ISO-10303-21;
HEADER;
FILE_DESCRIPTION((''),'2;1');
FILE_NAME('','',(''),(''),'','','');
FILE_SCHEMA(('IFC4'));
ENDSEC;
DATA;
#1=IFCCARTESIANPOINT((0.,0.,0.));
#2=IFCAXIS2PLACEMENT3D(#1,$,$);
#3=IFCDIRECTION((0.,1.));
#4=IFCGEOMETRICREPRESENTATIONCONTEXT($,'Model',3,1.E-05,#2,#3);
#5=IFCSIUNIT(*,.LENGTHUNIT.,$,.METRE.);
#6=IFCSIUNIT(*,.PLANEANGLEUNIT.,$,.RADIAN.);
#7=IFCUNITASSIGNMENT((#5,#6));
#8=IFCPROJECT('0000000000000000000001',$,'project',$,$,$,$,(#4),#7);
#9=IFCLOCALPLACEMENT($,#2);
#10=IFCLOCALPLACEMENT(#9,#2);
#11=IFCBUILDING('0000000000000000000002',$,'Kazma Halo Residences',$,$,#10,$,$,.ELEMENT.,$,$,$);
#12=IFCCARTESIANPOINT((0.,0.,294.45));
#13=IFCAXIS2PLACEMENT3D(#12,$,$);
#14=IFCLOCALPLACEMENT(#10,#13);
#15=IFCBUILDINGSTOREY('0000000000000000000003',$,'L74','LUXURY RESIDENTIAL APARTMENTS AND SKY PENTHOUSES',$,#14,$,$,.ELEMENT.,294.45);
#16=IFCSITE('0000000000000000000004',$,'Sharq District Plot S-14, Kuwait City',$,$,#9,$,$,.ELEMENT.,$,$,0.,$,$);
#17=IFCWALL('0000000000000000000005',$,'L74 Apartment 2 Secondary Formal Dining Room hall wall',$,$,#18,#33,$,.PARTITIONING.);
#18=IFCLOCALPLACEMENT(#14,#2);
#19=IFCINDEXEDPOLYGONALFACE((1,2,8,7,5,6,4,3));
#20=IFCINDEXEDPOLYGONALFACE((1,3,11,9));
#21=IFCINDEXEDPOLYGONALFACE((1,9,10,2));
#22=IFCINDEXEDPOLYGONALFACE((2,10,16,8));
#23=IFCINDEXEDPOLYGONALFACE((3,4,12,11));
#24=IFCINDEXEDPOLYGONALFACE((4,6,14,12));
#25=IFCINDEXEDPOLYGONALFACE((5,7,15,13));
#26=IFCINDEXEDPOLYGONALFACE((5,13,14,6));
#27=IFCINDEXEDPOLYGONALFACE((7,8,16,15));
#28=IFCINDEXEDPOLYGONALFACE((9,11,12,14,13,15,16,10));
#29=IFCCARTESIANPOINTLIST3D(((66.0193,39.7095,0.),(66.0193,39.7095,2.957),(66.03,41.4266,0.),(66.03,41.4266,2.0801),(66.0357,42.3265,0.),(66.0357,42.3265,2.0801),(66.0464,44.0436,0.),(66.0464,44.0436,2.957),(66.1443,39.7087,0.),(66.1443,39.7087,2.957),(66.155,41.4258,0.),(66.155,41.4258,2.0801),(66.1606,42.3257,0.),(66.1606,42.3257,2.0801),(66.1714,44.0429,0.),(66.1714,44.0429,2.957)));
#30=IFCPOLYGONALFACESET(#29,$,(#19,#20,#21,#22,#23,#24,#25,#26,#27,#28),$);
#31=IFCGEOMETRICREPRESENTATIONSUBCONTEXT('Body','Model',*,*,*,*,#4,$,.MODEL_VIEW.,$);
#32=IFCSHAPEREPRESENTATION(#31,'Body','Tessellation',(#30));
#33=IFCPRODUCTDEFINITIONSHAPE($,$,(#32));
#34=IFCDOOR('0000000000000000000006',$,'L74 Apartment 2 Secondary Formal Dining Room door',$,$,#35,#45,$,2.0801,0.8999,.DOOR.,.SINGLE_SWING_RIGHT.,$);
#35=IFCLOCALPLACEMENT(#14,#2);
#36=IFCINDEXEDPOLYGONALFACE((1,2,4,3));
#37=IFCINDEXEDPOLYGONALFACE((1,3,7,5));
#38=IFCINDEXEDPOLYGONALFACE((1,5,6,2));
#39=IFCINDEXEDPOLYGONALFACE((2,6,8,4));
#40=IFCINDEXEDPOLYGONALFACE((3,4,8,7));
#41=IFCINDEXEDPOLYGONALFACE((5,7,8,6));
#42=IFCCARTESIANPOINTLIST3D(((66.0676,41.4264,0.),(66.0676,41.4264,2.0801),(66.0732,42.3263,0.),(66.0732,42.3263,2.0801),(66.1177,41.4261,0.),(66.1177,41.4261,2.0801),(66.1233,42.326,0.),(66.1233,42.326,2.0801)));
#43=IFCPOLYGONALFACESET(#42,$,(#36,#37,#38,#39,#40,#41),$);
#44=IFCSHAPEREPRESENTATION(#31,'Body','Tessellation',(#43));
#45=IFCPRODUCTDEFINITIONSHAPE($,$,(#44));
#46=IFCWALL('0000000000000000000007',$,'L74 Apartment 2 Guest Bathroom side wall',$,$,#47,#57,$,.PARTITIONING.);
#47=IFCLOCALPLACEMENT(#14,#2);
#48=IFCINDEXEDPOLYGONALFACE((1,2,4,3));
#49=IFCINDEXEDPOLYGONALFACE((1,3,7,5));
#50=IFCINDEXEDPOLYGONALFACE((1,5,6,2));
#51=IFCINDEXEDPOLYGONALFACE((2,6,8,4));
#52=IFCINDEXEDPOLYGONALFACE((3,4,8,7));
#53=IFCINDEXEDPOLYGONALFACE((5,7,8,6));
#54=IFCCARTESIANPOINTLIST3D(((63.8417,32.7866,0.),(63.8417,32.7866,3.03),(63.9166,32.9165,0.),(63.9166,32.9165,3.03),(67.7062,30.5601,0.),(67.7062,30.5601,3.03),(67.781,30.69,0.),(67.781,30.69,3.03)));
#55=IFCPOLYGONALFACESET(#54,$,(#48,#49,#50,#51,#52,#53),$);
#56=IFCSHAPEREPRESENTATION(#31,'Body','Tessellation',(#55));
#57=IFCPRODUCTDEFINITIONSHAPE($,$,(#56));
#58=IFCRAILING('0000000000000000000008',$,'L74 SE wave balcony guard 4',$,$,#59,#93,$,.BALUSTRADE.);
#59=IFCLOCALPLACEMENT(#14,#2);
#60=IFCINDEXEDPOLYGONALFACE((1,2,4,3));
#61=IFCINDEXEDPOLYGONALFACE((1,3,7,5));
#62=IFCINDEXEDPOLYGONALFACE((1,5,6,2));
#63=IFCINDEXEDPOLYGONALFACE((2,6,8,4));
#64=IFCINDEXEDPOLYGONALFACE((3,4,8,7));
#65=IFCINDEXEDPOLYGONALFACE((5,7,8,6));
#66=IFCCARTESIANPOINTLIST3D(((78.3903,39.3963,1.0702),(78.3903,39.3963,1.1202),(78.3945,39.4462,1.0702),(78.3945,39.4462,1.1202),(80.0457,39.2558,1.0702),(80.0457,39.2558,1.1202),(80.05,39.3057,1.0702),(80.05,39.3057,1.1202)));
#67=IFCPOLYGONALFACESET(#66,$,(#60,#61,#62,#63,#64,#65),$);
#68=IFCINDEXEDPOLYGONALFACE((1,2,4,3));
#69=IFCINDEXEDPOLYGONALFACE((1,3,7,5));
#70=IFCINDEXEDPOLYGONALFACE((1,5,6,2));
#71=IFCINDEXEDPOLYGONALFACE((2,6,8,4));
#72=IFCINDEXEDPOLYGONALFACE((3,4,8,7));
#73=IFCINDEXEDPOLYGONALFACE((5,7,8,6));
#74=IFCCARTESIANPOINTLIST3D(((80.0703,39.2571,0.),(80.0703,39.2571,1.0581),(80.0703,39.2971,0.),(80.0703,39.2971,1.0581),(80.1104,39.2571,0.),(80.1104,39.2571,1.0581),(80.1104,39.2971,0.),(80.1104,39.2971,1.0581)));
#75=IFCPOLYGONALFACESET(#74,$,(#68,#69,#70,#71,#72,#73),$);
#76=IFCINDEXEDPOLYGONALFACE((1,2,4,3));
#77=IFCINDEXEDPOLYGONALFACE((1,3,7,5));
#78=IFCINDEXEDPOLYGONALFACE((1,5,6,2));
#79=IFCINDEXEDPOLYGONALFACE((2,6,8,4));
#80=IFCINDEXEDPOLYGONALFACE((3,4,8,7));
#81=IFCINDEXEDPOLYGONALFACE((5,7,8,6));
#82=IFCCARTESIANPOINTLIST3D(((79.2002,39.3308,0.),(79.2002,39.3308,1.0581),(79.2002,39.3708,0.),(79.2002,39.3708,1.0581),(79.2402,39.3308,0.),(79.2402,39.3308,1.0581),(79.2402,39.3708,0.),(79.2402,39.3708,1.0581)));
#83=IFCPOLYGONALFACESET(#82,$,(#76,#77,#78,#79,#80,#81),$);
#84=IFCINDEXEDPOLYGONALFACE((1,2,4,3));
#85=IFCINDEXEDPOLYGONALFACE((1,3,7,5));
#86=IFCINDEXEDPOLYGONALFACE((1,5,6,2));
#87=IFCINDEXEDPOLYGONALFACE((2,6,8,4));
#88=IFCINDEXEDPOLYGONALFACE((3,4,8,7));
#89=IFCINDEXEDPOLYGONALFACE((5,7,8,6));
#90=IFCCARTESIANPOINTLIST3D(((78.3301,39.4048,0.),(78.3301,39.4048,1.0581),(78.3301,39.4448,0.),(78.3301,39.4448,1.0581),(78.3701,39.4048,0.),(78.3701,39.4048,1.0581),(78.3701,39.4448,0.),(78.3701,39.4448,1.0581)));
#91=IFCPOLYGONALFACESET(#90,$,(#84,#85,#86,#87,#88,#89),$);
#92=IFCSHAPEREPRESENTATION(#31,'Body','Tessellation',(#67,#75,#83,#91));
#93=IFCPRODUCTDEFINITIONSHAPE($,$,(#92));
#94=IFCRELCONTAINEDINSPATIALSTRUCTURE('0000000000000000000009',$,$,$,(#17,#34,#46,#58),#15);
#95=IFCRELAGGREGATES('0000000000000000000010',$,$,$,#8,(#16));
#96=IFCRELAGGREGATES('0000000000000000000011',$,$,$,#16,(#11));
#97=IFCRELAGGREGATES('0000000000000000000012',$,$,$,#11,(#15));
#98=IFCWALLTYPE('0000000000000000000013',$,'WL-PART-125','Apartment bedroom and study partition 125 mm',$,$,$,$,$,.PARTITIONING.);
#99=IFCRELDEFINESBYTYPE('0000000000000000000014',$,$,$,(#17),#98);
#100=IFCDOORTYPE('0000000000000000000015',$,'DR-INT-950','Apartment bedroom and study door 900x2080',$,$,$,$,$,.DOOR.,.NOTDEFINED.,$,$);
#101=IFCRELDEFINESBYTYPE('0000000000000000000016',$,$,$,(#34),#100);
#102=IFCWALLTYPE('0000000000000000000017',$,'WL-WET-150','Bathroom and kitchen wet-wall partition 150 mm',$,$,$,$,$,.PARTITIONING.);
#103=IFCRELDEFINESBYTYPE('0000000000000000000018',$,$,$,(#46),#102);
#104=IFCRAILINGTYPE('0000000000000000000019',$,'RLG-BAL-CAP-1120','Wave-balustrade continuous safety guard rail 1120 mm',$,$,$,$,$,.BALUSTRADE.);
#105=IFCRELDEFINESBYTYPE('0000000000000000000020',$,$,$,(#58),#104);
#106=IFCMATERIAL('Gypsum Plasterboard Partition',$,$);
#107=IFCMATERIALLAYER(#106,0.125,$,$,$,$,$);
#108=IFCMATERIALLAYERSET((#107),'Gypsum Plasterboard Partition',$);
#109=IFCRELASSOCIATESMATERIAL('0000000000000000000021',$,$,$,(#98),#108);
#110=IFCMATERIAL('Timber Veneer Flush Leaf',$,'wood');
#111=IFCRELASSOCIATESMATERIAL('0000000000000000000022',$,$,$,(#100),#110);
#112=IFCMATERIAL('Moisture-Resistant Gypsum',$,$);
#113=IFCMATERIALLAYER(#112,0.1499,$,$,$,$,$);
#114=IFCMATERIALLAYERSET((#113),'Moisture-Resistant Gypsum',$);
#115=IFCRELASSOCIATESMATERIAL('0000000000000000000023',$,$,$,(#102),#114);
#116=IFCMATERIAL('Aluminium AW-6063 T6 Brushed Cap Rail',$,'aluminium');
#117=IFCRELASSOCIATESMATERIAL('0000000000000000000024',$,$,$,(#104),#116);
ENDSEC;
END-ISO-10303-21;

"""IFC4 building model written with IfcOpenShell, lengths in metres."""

from ifc_helpers import new_model, si_unit, direction, frame, frame_2d, origin, origin_2d, place, context, subcontext, project, spatial, rectangle, extrude, material, layer, layer_set, type_object, element, fill, save


model = new_model("IFC4")

# Units and contexts
model_context = context("Model", 3, precision=1e-05, world=origin(), true_north=direction((0.0, 1.0)))
body_context = subcontext(model_context, "Body", "Model", "MODEL_VIEW")
ifc_project = project(units=[si_unit("LENGTHUNIT", "METRE"), si_unit("PLANEANGLEUNIT", "RADIAN")], contexts=[model_context])

# Site, building, storey
site_placement = place(None, origin())
site = spatial("IfcSite", under=ifc_project, at=site_placement, Name="Sharq District Plot S-14, Kuwait City", CompositionType="ELEMENT", RefElevation=0.0)
building_placement = place(site_placement, origin())
building = spatial("IfcBuilding", under=site, at=building_placement, Name="Kazma Halo Residences", CompositionType="ELEMENT")
storey_placement = place(building_placement, frame((0.0, 0.0, 294.45)))
storey = spatial("IfcBuildingStorey", under=building, at=storey_placement, Name="L74", Description="LUXURY RESIDENTIAL APARTMENTS AND SKY PENTHOUSES", CompositionType="ELEMENT", Elevation=294.45)

# Shared definitions
ifc_material_1 = material(Name="Gypsum Plasterboard Partition")
ifc_layer_1 = layer(ifc_material_1, 0.125)
ifc_layer_set_1 = layer_set([ifc_layer_1], Name="Gypsum Plasterboard Partition")
wall_type_1 = type_object("IfcWallType", Name="WL-PART-125", Description="Apartment bedroom and study partition 125 mm", PredefinedType="PARTITIONING", material=ifc_layer_set_1)

# Wall, opening, door
wall_1_placement = place(storey_placement, frame((66.0818, 39.7092, 0.0), z_axis=(0.0, 0.0, 1.0), x_axis=(0.006252, 0.99998, 0.0)))
wall_1 = element("IfcWall", 1, at=wall_1_placement, inside=storey, type_object=wall_type_1, Name="L74 Apartment 2 Secondary Formal Dining Room hall wall", PredefinedType="PARTITIONING", context=body_context, shape_type="SweptSolid", body=[
    extrude(rectangle(XDim=4.3342, YDim=0.125, at=frame_2d((2.167, 0.0))), origin(), (0.0, 0.0, 1.0), 2.957),
])
opening_1_placement = place(wall_1_placement, frame((1.717, 0.0, 0.0)))
opening_1 = element("IfcOpeningElement", 2, at=opening_1_placement, cuts=wall_1, PredefinedType="OPENING", context=body_context, shape_type="SweptSolid", body=[
    extrude(rectangle(XDim=0.8999, YDim=2.0801, at=frame_2d((0.45, 1.04))), frame((0.0, 0.0725, 0.0), z_axis=(0.0, -1.0, 0.0), x_axis=(1.0, 0.0, 0.0)), (0.0, 0.0, 1.0), 0.145),
])
ifc_material_2 = material(Name="Timber Veneer Flush Leaf", Category="wood")
door_type_1 = type_object("IfcDoorType", Name="DR-INT-950", Description="Apartment bedroom and study door 900x2080", OperationType="NOTDEFINED", PredefinedType="DOOR", material=ifc_material_2)
door_1_placement = place(opening_1_placement, origin())
door_1 = element("IfcDoor", 3, at=door_1_placement, inside=storey, type_object=door_type_1, Name="L74 Apartment 2 Secondary Formal Dining Room door", OperationType="SINGLE_SWING_RIGHT", OverallHeight=2.0801, OverallWidth=0.8999, PredefinedType="DOOR", context=body_context, shape_type="SweptSolid", body=[
    extrude(rectangle(XDim=0.8999, YDim=2.0801, at=frame_2d((0.45, 1.04))), frame((0.0, 0.0249, 0.0), z_axis=(0.0, -1.0, 0.0), x_axis=(1.0, 0.0, 0.0)), (0.0, 0.0, 1.0), 0.05),
])
fill(opening_1, door_1)

# Wall
ifc_material_3 = material(Name="Moisture-Resistant Gypsum")
ifc_layer_2 = layer(ifc_material_3, 0.1499)
ifc_layer_set_2 = layer_set([ifc_layer_2], Name="Moisture-Resistant Gypsum")
wall_type_2 = type_object("IfcWallType", Name="WL-WET-150", Description="Bathroom and kitchen wet-wall partition 150 mm", PredefinedType="PARTITIONING", material=ifc_layer_set_2)
wall_2_placement = place(storey_placement, frame((63.8792, 32.8516, 0.0), z_axis=(0.0, 0.0, 1.0), x_axis=(0.866473, -0.499225, 0.0)))
element("IfcWall", 4, at=wall_2_placement, inside=storey, type_object=wall_type_2, Name="L74 Apartment 2 Guest Bathroom side wall", PredefinedType="PARTITIONING", context=body_context, shape_type="SweptSolid", body=[
    extrude(rectangle(XDim=4.46, YDim=0.1499, at=frame_2d((2.23, 0.0))), origin(), (0.0, 0.0, 1.0), 3.03),
])

# Railing
ifc_material_4 = material(Name="Aluminium AW-6063 T6 Brushed Cap Rail", Category="aluminium")
railing_type = type_object("IfcRailingType", Name="RLG-BAL-CAP-1120", Description="Wave-balustrade continuous safety guard rail 1120 mm", PredefinedType="BALUSTRADE", material=ifc_material_4)
railing_placement = place(storey_placement, frame((80.0903, 39.2771, 0.0)))
element("IfcRailing", 5, at=railing_placement, inside=storey, type_object=railing_type, Name="L74 SE wave balcony guard 4", PredefinedType="BALUSTRADE", context=body_context, shape_type="SweptSolid", body=[
    extrude(rectangle(XDim=0.05, YDim=0.05, at=origin_2d()), frame((-0.0425, 0.0037, 1.0952), z_axis=(-0.996417, 0.084572, 0.0), x_axis=(-0.084572, -0.996417, 0.0)), (0.0, 0.0, 1.0), 1.6614),
    extrude(rectangle(XDim=0.04, YDim=0.04, at=origin_2d()), origin(), (0.0, 0.0, 1.0), 1.0581),
    extrude(rectangle(XDim=0.04, YDim=0.04, at=origin_2d()), frame((-0.8701, 0.0737, 0.0)), (0.0, 0.0, 1.0), 1.0581),
    extrude(rectangle(XDim=0.04, YDim=0.04, at=origin_2d()), frame((-1.7402, 0.1477, 0.0)), (0.0, 0.0, 1.0), 1.0581),
])

save(model, "model.ifc")
